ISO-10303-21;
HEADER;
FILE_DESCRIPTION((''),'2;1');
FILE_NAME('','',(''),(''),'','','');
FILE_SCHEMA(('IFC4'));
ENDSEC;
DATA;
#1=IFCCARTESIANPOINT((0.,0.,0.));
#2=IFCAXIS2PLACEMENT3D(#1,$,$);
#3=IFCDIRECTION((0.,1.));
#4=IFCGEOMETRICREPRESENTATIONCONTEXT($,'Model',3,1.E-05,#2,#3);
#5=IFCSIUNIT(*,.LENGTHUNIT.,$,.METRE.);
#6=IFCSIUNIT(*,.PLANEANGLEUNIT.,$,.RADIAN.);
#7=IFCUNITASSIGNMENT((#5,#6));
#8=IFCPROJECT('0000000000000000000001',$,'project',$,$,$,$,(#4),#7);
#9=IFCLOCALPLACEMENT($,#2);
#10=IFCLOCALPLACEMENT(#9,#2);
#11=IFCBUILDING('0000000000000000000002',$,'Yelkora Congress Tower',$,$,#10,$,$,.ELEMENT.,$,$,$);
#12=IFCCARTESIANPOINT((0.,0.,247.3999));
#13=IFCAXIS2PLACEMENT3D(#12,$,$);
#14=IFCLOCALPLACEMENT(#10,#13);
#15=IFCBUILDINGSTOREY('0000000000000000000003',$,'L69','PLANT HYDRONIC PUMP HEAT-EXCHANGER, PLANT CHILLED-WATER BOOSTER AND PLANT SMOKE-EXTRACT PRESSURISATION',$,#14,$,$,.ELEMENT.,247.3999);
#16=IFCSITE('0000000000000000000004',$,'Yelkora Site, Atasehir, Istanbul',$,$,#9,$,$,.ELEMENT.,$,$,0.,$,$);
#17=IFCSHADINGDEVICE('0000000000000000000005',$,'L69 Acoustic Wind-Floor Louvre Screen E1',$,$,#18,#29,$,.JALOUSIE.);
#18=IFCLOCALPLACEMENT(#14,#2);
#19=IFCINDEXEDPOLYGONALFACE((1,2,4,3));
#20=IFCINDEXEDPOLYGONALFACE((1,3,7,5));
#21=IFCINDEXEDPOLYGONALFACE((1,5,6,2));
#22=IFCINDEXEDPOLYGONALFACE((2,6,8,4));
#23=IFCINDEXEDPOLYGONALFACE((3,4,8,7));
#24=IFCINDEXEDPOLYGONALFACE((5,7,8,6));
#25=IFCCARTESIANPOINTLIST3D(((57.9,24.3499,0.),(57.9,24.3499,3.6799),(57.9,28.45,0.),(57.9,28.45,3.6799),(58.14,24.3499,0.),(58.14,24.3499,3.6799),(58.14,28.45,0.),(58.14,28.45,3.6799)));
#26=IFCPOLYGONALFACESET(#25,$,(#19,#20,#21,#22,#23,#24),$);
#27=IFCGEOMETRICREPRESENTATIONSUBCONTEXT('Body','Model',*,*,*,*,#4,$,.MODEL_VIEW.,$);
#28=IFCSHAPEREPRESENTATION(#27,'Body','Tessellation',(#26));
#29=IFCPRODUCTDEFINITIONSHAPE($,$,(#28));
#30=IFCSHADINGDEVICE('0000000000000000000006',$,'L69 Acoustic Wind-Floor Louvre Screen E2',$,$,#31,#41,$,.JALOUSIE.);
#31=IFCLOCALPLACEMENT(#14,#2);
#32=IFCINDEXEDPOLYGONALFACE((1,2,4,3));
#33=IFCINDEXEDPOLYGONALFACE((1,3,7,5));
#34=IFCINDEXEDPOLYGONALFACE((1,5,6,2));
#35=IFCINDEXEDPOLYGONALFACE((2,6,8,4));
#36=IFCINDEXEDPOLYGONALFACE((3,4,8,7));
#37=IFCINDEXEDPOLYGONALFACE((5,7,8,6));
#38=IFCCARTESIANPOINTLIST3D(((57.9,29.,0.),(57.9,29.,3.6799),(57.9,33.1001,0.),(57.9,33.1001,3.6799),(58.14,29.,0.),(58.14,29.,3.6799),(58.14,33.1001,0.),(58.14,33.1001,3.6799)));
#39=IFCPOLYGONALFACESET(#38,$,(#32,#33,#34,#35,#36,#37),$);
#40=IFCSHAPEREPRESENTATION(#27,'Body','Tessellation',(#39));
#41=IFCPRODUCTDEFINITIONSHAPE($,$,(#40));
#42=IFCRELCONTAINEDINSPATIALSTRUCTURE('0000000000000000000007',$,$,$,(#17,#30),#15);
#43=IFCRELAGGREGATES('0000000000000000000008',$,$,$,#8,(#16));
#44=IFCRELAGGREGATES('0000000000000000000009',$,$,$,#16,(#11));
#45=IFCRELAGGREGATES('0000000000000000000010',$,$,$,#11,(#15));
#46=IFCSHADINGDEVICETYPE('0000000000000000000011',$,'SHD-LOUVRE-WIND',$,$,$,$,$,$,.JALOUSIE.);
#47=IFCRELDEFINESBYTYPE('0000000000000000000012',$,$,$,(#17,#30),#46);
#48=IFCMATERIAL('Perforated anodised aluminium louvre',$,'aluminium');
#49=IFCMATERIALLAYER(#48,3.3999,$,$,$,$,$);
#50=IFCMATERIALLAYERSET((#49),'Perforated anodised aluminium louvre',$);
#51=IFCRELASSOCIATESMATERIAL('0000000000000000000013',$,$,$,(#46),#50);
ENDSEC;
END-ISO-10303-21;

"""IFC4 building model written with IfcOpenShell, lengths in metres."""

from ifc_helpers import new_model, si_unit, direction, frame, origin, origin_2d, place, context, subcontext, project, spatial, rectangle, extrude, material, layer, layer_set, type_object, element, save


model = new_model("IFC4")

# Units and contexts
model_context = context("Model", 3, precision=1e-05, world=origin(), true_north=direction((0.0, 1.0)))
body_context = subcontext(model_context, "Body", "Model", "MODEL_VIEW")
ifc_project = project(units=[si_unit("LENGTHUNIT", "METRE"), si_unit("PLANEANGLEUNIT", "RADIAN")], contexts=[model_context])

# Site, building, storey
site_placement = place(None, origin())
site = spatial("IfcSite", under=ifc_project, at=site_placement, Name="Yelkora Site, Atasehir, Istanbul", CompositionType="ELEMENT", RefElevation=0.0)
building_placement = place(site_placement, origin())
building = spatial("IfcBuilding", under=site, at=building_placement, Name="Yelkora Congress Tower", CompositionType="ELEMENT")
storey_placement = place(building_placement, frame((0.0, 0.0, 247.3999)))
storey = spatial("IfcBuildingStorey", under=building, at=storey_placement, Name="L69", Description="PLANT HYDRONIC PUMP HEAT-EXCHANGER, PLANT CHILLED-WATER BOOSTER AND PLANT SMOKE-EXTRACT PRESSURISATION", CompositionType="ELEMENT", Elevation=247.3999)

# Shading devices
ifc_material_1 = material(Name="Perforated anodised aluminium louvre", Category="aluminium")
ifc_layer_1 = layer(ifc_material_1, 3.3999)
ifc_layer_set_1 = layer_set([ifc_layer_1], Name="Perforated anodised aluminium louvre")
shading_device_type = type_object("IfcShadingDeviceType", Name="SHD-LOUVRE-WIND", PredefinedType="JALOUSIE", material=ifc_layer_set_1)
for number, where, z_axis, x_axis, name in (
    (1, (58.02, 26.3999, 0.0), (0.0, 0.0, 1.0), (1.0, 0.0, 0.0), "L69 Acoustic Wind-Floor Louvre Screen E1"),
    (2, (58.02, 31.05, 0.0), (0.0, 0.0, 1.0), (1.0, 0.0, 0.0), "L69 Acoustic Wind-Floor Louvre Screen E2"),
):
    element("IfcShadingDevice", number, at=place(storey_placement, frame(where, z_axis=z_axis, x_axis=x_axis)), inside=storey, type_object=shading_device_type, Name=name, PredefinedType="JALOUSIE", context=body_context, shape_type="SweptSolid", body=[
        extrude(rectangle(XDim=0.24, YDim=4.1001, at=origin_2d()), origin(), (0.0, 0.0, 1.0), 3.6799),
    ])

save(model, "model.ifc")
